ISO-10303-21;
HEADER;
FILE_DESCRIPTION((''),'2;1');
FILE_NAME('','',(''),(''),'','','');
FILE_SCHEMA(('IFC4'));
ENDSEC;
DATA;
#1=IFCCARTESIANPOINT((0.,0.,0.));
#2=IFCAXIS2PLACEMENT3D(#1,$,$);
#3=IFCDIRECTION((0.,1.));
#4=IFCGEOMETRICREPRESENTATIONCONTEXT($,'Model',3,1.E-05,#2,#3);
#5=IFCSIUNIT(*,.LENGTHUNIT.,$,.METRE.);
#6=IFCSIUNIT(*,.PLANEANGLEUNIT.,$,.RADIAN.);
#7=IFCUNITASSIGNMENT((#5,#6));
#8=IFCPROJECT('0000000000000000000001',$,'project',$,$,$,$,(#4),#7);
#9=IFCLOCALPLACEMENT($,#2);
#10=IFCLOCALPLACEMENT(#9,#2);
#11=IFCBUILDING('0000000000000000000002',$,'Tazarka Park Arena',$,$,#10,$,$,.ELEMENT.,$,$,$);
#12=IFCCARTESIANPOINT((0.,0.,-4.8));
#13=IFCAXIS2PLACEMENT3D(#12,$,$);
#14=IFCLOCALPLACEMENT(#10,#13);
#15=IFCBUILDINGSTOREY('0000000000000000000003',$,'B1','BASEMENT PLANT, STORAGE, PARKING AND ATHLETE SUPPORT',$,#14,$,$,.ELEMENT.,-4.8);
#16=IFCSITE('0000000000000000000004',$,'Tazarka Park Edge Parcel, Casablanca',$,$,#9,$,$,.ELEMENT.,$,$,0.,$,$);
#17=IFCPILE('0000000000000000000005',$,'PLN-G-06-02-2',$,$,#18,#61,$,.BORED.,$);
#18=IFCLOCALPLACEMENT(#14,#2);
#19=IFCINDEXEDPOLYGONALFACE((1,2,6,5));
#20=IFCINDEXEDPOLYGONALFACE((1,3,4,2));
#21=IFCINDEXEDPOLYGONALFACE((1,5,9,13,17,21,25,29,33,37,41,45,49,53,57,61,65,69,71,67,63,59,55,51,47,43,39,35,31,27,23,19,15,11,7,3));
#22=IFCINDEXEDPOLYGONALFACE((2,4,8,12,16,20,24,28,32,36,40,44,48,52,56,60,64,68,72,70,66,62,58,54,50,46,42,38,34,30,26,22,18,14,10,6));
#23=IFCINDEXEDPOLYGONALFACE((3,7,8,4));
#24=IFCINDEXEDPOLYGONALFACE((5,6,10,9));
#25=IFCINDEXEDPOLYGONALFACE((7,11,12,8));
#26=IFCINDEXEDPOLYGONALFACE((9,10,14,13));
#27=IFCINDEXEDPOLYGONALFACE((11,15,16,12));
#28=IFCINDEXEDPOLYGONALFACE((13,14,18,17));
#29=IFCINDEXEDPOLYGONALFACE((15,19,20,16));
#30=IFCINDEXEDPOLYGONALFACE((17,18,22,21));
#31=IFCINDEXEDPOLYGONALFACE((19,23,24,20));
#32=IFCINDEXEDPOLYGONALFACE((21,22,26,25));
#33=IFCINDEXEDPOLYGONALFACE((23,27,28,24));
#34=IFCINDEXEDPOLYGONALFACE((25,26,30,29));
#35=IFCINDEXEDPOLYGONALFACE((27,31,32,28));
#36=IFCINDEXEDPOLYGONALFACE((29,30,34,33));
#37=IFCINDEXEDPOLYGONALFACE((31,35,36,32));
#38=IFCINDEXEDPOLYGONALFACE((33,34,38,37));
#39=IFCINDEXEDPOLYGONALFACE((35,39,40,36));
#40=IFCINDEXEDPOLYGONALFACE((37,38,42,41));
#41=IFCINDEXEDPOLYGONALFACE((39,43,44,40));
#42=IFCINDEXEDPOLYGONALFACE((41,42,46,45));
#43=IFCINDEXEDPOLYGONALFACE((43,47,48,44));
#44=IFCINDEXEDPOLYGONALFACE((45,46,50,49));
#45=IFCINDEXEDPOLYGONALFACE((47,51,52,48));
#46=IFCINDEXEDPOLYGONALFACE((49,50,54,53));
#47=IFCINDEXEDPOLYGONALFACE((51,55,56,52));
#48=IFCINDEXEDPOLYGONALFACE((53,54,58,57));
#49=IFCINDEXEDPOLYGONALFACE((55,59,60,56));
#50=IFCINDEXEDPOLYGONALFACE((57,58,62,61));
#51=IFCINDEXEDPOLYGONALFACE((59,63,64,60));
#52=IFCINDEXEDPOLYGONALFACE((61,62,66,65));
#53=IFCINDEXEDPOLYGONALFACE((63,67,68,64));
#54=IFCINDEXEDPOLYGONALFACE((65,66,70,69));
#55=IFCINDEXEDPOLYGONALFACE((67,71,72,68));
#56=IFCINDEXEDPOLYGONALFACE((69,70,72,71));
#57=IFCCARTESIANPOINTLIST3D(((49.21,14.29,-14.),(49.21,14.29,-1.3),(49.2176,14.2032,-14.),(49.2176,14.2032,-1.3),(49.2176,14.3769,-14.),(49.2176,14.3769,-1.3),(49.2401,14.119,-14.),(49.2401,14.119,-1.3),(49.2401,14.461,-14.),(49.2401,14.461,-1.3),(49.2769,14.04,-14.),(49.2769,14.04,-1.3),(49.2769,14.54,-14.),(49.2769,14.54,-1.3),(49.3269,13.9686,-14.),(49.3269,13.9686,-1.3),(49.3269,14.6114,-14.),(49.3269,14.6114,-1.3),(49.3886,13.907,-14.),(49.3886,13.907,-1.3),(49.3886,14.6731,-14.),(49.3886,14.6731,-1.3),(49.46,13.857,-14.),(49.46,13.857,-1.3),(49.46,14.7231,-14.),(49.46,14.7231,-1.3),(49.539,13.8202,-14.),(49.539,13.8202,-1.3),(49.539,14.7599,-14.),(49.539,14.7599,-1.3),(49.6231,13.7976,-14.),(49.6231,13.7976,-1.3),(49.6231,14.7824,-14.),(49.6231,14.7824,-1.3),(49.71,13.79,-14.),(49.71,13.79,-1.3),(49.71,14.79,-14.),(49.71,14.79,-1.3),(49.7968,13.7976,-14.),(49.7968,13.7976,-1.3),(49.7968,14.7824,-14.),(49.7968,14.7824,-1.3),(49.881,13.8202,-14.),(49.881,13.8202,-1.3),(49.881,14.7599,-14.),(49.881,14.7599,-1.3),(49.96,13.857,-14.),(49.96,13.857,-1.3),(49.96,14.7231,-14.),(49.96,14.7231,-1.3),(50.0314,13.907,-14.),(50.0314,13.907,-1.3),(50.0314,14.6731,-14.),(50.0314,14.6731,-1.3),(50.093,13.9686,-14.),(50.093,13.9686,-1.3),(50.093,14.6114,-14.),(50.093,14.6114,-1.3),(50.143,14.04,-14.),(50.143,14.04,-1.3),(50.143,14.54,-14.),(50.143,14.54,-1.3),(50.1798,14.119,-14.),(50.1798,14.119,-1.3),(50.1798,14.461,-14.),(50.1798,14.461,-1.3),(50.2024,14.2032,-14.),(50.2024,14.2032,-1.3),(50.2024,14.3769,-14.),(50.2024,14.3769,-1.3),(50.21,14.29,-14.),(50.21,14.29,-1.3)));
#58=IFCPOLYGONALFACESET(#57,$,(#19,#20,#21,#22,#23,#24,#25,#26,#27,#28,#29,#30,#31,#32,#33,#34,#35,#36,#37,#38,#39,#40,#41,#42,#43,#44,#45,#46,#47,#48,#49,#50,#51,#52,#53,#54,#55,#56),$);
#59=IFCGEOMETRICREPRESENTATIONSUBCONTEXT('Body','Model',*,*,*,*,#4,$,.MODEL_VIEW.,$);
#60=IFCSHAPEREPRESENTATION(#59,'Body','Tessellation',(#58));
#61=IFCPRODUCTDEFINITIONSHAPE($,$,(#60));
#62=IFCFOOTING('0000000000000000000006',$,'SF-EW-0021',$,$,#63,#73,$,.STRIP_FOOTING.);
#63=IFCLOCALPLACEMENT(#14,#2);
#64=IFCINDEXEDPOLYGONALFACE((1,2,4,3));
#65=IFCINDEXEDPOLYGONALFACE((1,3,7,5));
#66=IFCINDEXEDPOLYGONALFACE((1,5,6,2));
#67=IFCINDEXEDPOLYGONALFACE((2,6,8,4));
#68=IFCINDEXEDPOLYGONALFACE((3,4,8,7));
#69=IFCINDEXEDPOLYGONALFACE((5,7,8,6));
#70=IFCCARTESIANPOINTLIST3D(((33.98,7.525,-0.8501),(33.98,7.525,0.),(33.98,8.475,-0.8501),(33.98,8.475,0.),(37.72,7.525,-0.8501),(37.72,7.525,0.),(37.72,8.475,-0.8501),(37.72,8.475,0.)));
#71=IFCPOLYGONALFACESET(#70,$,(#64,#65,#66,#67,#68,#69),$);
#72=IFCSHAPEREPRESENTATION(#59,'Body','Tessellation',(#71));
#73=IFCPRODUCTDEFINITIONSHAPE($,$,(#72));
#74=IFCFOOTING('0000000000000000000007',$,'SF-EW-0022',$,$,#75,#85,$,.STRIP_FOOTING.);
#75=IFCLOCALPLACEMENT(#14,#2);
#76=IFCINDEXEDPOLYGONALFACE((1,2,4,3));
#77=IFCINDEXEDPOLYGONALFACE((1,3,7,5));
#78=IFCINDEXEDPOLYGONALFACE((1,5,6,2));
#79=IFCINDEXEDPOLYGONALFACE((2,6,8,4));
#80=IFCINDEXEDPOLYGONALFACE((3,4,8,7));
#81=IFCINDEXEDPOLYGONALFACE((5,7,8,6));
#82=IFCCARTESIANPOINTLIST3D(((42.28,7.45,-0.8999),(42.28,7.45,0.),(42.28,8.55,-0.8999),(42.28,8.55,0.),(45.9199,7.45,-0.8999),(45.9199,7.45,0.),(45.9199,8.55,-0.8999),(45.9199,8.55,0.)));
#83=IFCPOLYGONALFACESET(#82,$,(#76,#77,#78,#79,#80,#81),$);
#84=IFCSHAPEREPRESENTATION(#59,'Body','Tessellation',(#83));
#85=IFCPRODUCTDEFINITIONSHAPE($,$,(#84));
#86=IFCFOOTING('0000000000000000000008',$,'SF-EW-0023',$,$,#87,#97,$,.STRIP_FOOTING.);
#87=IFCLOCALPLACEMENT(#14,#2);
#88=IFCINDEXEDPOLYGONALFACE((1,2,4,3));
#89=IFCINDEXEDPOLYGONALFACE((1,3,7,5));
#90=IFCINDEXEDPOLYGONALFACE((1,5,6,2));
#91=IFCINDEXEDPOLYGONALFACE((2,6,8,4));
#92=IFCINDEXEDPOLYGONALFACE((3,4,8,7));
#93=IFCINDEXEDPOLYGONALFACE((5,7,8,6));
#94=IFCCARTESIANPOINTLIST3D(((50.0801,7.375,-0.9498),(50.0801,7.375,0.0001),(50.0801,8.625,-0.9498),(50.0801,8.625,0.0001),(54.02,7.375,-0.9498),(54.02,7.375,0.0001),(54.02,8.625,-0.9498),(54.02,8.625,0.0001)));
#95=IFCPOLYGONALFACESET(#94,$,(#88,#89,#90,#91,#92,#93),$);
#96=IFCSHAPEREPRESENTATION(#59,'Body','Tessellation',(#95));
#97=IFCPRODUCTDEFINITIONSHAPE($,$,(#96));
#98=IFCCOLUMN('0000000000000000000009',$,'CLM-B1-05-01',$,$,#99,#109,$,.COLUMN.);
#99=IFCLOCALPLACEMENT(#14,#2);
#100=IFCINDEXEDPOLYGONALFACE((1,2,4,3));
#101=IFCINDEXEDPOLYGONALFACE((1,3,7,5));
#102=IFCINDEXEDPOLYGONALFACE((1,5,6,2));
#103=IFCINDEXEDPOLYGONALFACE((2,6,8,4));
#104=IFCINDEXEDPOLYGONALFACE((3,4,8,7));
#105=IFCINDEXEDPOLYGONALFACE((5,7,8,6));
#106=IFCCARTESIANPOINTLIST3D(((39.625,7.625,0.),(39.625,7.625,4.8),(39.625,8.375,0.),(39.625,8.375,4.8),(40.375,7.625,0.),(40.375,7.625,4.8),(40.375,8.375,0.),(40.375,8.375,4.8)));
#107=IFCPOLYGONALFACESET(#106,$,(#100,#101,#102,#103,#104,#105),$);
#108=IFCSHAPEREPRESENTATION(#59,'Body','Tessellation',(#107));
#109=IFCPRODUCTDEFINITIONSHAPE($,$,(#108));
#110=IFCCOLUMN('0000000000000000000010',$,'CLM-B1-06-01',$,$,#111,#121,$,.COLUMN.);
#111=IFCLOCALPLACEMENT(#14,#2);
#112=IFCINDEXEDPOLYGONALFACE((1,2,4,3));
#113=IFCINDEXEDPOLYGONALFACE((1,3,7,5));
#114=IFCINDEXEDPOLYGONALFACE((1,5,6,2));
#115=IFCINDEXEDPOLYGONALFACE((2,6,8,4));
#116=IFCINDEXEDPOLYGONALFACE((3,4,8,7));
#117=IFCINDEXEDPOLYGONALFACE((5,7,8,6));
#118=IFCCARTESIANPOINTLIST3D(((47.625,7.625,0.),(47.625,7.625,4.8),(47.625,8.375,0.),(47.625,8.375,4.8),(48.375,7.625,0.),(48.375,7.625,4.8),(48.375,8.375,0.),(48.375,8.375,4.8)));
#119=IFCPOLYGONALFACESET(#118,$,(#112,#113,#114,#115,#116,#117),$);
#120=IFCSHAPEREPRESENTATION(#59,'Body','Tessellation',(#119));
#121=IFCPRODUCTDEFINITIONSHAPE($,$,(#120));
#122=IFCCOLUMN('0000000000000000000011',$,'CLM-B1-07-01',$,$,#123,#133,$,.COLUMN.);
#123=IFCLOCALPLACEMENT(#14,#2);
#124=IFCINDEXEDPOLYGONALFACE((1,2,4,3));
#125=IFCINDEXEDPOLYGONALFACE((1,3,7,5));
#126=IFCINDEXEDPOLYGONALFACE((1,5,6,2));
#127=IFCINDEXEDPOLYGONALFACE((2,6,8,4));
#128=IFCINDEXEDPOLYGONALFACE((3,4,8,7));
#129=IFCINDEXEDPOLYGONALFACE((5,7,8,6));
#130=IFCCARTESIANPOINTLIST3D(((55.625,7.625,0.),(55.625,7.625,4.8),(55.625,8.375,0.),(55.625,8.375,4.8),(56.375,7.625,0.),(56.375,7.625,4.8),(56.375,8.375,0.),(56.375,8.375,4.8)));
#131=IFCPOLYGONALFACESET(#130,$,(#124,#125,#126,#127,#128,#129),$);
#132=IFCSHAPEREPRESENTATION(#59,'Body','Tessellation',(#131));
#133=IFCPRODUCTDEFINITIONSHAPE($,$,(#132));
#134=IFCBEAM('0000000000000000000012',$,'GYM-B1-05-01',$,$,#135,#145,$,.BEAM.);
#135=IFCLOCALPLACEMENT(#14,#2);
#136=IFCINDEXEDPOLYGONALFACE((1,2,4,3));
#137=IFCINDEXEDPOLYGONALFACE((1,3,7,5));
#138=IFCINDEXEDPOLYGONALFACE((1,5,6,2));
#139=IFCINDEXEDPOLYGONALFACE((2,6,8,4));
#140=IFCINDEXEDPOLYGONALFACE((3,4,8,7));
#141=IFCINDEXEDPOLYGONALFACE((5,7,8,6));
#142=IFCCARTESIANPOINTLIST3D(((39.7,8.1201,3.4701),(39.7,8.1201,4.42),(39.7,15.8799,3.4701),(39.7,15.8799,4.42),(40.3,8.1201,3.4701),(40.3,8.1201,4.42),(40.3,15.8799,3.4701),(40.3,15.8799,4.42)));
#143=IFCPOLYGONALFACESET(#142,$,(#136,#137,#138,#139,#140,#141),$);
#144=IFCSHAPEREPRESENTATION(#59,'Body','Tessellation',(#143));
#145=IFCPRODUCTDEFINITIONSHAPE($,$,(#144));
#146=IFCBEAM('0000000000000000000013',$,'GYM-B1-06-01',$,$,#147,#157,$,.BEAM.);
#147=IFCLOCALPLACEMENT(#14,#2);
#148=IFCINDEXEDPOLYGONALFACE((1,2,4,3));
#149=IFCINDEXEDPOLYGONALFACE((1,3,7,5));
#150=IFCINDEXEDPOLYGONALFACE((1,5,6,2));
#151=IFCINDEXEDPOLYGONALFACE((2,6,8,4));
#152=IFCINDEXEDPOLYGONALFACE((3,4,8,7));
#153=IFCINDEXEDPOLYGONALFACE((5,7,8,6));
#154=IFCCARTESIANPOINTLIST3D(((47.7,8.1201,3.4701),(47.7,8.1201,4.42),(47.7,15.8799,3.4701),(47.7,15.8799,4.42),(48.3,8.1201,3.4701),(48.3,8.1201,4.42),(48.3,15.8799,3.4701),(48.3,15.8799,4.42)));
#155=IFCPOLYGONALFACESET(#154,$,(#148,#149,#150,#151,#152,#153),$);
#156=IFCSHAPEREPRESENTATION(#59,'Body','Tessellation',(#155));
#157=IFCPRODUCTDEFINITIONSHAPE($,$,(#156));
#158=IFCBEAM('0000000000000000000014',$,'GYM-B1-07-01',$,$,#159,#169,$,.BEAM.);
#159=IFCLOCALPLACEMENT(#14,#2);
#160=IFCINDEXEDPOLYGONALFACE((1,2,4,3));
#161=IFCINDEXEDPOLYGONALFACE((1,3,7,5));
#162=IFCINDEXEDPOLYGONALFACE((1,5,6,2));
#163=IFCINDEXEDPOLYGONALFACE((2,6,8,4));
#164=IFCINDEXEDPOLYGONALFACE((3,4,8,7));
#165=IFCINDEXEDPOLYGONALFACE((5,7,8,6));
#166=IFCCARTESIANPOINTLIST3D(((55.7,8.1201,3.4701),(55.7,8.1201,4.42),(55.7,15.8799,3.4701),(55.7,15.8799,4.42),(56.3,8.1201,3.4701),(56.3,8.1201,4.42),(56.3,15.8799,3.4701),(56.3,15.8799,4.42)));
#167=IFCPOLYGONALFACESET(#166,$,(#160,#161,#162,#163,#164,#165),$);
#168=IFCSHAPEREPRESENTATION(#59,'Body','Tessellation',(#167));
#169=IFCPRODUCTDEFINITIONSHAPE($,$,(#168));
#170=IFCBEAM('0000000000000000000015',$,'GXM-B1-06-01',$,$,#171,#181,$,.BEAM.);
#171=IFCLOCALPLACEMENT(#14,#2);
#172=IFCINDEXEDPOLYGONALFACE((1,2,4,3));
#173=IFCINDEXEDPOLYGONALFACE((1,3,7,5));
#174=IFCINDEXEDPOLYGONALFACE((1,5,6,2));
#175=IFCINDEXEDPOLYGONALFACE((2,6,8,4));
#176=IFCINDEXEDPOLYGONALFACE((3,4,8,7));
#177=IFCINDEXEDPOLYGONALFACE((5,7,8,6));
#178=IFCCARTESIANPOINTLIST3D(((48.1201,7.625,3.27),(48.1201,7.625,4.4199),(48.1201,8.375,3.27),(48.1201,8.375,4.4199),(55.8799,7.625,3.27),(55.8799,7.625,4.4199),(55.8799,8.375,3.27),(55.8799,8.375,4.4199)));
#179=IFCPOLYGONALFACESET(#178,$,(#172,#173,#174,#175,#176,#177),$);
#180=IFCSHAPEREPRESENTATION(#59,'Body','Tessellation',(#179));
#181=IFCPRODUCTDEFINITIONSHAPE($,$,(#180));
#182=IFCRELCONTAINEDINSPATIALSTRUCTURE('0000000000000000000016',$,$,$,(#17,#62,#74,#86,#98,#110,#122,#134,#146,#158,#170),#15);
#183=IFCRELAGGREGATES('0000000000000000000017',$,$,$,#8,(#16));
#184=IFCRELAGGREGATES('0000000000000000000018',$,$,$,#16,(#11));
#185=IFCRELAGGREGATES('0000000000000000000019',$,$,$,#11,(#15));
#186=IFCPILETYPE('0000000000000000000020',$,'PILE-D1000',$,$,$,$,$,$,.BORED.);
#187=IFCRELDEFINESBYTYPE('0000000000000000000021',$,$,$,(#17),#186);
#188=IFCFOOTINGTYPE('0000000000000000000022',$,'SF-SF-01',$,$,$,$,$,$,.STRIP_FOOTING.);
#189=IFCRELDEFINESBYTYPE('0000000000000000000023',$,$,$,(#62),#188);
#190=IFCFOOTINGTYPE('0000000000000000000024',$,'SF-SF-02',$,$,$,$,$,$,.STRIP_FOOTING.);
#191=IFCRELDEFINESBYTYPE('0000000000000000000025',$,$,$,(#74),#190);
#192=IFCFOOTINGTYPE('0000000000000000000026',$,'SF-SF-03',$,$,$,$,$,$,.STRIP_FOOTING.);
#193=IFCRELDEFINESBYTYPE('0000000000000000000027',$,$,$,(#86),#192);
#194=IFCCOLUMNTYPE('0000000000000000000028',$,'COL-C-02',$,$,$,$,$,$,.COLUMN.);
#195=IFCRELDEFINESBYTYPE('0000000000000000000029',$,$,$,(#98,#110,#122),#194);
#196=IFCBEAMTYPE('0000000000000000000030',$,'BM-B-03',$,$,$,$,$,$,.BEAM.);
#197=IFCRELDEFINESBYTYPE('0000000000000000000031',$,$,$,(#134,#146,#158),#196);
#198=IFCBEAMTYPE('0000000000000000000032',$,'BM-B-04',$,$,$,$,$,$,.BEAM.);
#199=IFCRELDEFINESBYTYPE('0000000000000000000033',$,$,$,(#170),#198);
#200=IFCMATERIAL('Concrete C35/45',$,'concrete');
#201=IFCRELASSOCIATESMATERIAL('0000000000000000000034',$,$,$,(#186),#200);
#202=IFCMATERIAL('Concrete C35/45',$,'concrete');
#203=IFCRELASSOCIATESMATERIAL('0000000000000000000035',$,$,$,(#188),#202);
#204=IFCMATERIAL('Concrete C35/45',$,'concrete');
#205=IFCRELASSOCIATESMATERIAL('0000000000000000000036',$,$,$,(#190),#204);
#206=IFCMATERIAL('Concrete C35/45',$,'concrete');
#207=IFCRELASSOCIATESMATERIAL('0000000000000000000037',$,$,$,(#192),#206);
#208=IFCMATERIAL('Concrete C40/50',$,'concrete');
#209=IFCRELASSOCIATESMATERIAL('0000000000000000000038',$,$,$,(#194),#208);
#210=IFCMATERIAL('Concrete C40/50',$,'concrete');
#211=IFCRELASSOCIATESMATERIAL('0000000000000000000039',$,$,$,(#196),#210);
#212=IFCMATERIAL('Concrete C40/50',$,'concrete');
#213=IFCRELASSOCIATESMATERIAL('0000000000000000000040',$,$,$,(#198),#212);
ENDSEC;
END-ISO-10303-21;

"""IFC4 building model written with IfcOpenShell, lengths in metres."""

from ifc_helpers import new_model, si_unit, direction, frame, origin, origin_2d, place, context, subcontext, project, spatial, rectangle, circle, extrude, material, material_profile, profile_set, type_object, element, save


model = new_model("IFC4")

# Units and contexts
model_context = context("Model", 3, precision=1e-05, world=origin(), true_north=direction((0.0, 1.0)))
body_context = subcontext(model_context, "Body", "Model", "MODEL_VIEW")
ifc_project = project(units=[si_unit("LENGTHUNIT", "METRE"), si_unit("PLANEANGLEUNIT", "RADIAN")], contexts=[model_context])

# Site, building, storey
site_placement = place(None, origin())
site = spatial("IfcSite", under=ifc_project, at=site_placement, Name="Tazarka Park Edge Parcel, Casablanca", CompositionType="ELEMENT", RefElevation=0.0)
building_placement = place(site_placement, origin())
building = spatial("IfcBuilding", under=site, at=building_placement, Name="Tazarka Park Arena", CompositionType="ELEMENT")
storey_placement = place(building_placement, frame((0.0, 0.0, -4.8)))
storey = spatial("IfcBuildingStorey", under=building, at=storey_placement, Name="B1", Description="BASEMENT PLANT, STORAGE, PARKING AND ATHLETE SUPPORT", CompositionType="ELEMENT", Elevation=-4.8)

# Pile
ifc_material_1 = material(Name="Concrete C35/45", Category="concrete")
ifc_material_profile_1 = material_profile(ifc_material_1, circle(Radius=0.5, at=origin_2d()), Name="Concrete C35/45")
ifc_profile_set_1 = profile_set([ifc_material_profile_1], Name="Concrete C35/45")
pile_type = type_object("IfcPileType", Name="PILE-D1000", PredefinedType="BORED", material=ifc_profile_set_1)
for number, where, z_axis, x_axis, name in (
    (1, (49.71, 14.29, -1.3), (0.0, 0.0, -1.0), (1.0, 0.0, 0.0), "PLN-G-06-02-2"),
):
    element("IfcPile", number, at=place(storey_placement, frame(where, z_axis=z_axis, x_axis=x_axis)), inside=storey, type_object=pile_type, Name=name, PredefinedType="BORED", context=body_context, shape_type="SweptSolid", body=[
        extrude(circle(Radius=0.5, at=origin_2d()), origin(), (0.0, 0.0, 1.0), 12.7),
    ])

# Footings
ifc_material_2 = material(Name="Concrete C35/45", Category="concrete")
ifc_material_profile_2 = material_profile(ifc_material_2, rectangle(XDim=0.95, YDim=0.8501, at=origin_2d()), Name="Concrete C35/45")
ifc_profile_set_2 = profile_set([ifc_material_profile_2], Name="Concrete C35/45")
footing_type_1 = type_object("IfcFootingType", Name="SF-SF-01", PredefinedType="STRIP_FOOTING", material=ifc_profile_set_2)
footing_1_placement = place(storey_placement, frame((37.72, 8.0, -0.425), z_axis=(-1.0, 0.0, 0.0), x_axis=(0.0, -1.0, 0.0)))
element("IfcFooting", 2, at=footing_1_placement, inside=storey, type_object=footing_type_1, Name="SF-EW-0021", PredefinedType="STRIP_FOOTING", context=body_context, shape_type="SweptSolid", body=[
    extrude(rectangle(XDim=0.95, YDim=0.8501, at=origin_2d()), origin(), (0.0, 0.0, 1.0), 3.74),
])
ifc_material_3 = material(Name="Concrete C35/45", Category="concrete")
ifc_material_profile_3 = material_profile(ifc_material_3, rectangle(XDim=1.1001, YDim=0.8999, at=origin_2d()), Name="Concrete C35/45")
ifc_profile_set_3 = profile_set([ifc_material_profile_3], Name="Concrete C35/45")
footing_type_2 = type_object("IfcFootingType", Name="SF-SF-02", PredefinedType="STRIP_FOOTING", material=ifc_profile_set_3)
footing_2_placement = place(storey_placement, frame((45.9199, 8.0, -0.45), z_axis=(-1.0, 0.0, 0.0), x_axis=(0.0, -1.0, 0.0)))
element("IfcFooting", 3, at=footing_2_placement, inside=storey, type_object=footing_type_2, Name="SF-EW-0022", PredefinedType="STRIP_FOOTING", context=body_context, shape_type="SweptSolid", body=[
    extrude(rectangle(XDim=1.1001, YDim=0.8999, at=origin_2d()), origin(), (0.0, 0.0, 1.0), 3.6399),
])
ifc_material_4 = material(Name="Concrete C35/45", Category="concrete")
ifc_material_profile_4 = material_profile(ifc_material_4, rectangle(XDim=1.25, YDim=0.95, at=origin_2d()), Name="Concrete C35/45")
ifc_profile_set_4 = profile_set([ifc_material_profile_4], Name="Concrete C35/45")
footing_type_3 = type_object("IfcFootingType", Name="SF-SF-03", PredefinedType="STRIP_FOOTING", material=ifc_profile_set_4)
footing_3_placement = place(storey_placement, frame((54.02, 8.0, -0.4749), z_axis=(-1.0, 0.0, 0.0), x_axis=(0.0, -1.0, 0.0)))
element("IfcFooting", 4, at=footing_3_placement, inside=storey, type_object=footing_type_3, Name="SF-EW-0023", PredefinedType="STRIP_FOOTING", context=body_context, shape_type="SweptSolid", body=[
    extrude(rectangle(XDim=1.25, YDim=0.95, at=origin_2d()), origin(), (0.0, 0.0, 1.0), 3.9399),
])

# Columns
ifc_material_5 = material(Name="Concrete C40/50", Category="concrete")
ifc_material_profile_5 = material_profile(ifc_material_5, rectangle(XDim=0.75, YDim=0.75, at=origin_2d()), Name="Concrete C40/50")
ifc_profile_set_5 = profile_set([ifc_material_profile_5], Name="Concrete C40/50")
column_type = type_object("IfcColumnType", Name="COL-C-02", PredefinedType="COLUMN", material=ifc_profile_set_5)
for number, where, z_axis, x_axis, name in (
    (5, (40.0, 8.0, 0.0), (0.0, 0.0, 1.0), (1.0, 0.0, 0.0), "CLM-B1-05-01"),
    (6, (48.0, 8.0, 0.0), (0.0, 0.0, 1.0), (1.0, 0.0, 0.0), "CLM-B1-06-01"),
    (7, (56.0, 8.0, 0.0), (0.0, 0.0, 1.0), (1.0, 0.0, 0.0), "CLM-B1-07-01"),
):
    element("IfcColumn", number, at=place(storey_placement, frame(where, z_axis=z_axis, x_axis=x_axis)), inside=storey, type_object=column_type, Name=name, PredefinedType="COLUMN", context=body_context, shape_type="SweptSolid", body=[
        extrude(rectangle(XDim=0.75, YDim=0.75, at=origin_2d()), origin(), (0.0, 0.0, 1.0), 4.8),
    ])

# Beams
ifc_material_6 = material(Name="Concrete C40/50", Category="concrete")
ifc_material_profile_6 = material_profile(ifc_material_6, rectangle(XDim=0.6001, YDim=0.95, at=origin_2d()), Name="Concrete C40/50")
ifc_profile_set_6 = profile_set([ifc_material_profile_6], Name="Concrete C40/50")
beam_type_1 = type_object("IfcBeamType", Name="BM-B-03", PredefinedType="BEAM", material=ifc_profile_set_6)
for number, where, z_axis, x_axis, name in (
    (8, (40.0, 8.1201, 3.9451), (0.0, 1.0, 0.0), (-1.0, 0.0, 0.0), "GYM-B1-05-01"),
    (9, (48.0, 8.1201, 3.9451), (0.0, 1.0, 0.0), (-1.0, 0.0, 0.0), "GYM-B1-06-01"),
    (10, (56.0, 8.1201, 3.9451), (0.0, 1.0, 0.0), (-1.0, 0.0, 0.0), "GYM-B1-07-01"),
):
    element("IfcBeam", number, at=place(storey_placement, frame(where, z_axis=z_axis, x_axis=x_axis)), inside=storey, type_object=beam_type_1, Name=name, PredefinedType="BEAM", context=body_context, shape_type="SweptSolid", body=[
        extrude(rectangle(XDim=0.6001, YDim=0.95, at=origin_2d()), origin(), (0.0, 0.0, 1.0), 7.7598),
    ])
ifc_material_7 = material(Name="Concrete C40/50", Category="concrete")
ifc_material_profile_7 = material_profile(ifc_material_7, rectangle(XDim=0.75, YDim=1.1499, at=origin_2d()), Name="Concrete C40/50")
ifc_profile_set_7 = profile_set([ifc_material_profile_7], Name="Concrete C40/50")
beam_type_2 = type_object("IfcBeamType", Name="BM-B-04", PredefinedType="BEAM", material=ifc_profile_set_7)
beam_1_placement = place(storey_placement, frame((48.1201, 8.0, 3.845), z_axis=(1.0, 0.0, 0.0), x_axis=(0.0, 1.0, 0.0)))
element("IfcBeam", 11, at=beam_1_placement, inside=storey, type_object=beam_type_2, Name="GXM-B1-06-01", PredefinedType="BEAM", context=body_context, shape_type="SweptSolid", body=[
    extrude(rectangle(XDim=0.75, YDim=1.1499, at=origin_2d()), origin(), (0.0, 0.0, 1.0), 7.7598),
])

save(model, "model.ifc")
